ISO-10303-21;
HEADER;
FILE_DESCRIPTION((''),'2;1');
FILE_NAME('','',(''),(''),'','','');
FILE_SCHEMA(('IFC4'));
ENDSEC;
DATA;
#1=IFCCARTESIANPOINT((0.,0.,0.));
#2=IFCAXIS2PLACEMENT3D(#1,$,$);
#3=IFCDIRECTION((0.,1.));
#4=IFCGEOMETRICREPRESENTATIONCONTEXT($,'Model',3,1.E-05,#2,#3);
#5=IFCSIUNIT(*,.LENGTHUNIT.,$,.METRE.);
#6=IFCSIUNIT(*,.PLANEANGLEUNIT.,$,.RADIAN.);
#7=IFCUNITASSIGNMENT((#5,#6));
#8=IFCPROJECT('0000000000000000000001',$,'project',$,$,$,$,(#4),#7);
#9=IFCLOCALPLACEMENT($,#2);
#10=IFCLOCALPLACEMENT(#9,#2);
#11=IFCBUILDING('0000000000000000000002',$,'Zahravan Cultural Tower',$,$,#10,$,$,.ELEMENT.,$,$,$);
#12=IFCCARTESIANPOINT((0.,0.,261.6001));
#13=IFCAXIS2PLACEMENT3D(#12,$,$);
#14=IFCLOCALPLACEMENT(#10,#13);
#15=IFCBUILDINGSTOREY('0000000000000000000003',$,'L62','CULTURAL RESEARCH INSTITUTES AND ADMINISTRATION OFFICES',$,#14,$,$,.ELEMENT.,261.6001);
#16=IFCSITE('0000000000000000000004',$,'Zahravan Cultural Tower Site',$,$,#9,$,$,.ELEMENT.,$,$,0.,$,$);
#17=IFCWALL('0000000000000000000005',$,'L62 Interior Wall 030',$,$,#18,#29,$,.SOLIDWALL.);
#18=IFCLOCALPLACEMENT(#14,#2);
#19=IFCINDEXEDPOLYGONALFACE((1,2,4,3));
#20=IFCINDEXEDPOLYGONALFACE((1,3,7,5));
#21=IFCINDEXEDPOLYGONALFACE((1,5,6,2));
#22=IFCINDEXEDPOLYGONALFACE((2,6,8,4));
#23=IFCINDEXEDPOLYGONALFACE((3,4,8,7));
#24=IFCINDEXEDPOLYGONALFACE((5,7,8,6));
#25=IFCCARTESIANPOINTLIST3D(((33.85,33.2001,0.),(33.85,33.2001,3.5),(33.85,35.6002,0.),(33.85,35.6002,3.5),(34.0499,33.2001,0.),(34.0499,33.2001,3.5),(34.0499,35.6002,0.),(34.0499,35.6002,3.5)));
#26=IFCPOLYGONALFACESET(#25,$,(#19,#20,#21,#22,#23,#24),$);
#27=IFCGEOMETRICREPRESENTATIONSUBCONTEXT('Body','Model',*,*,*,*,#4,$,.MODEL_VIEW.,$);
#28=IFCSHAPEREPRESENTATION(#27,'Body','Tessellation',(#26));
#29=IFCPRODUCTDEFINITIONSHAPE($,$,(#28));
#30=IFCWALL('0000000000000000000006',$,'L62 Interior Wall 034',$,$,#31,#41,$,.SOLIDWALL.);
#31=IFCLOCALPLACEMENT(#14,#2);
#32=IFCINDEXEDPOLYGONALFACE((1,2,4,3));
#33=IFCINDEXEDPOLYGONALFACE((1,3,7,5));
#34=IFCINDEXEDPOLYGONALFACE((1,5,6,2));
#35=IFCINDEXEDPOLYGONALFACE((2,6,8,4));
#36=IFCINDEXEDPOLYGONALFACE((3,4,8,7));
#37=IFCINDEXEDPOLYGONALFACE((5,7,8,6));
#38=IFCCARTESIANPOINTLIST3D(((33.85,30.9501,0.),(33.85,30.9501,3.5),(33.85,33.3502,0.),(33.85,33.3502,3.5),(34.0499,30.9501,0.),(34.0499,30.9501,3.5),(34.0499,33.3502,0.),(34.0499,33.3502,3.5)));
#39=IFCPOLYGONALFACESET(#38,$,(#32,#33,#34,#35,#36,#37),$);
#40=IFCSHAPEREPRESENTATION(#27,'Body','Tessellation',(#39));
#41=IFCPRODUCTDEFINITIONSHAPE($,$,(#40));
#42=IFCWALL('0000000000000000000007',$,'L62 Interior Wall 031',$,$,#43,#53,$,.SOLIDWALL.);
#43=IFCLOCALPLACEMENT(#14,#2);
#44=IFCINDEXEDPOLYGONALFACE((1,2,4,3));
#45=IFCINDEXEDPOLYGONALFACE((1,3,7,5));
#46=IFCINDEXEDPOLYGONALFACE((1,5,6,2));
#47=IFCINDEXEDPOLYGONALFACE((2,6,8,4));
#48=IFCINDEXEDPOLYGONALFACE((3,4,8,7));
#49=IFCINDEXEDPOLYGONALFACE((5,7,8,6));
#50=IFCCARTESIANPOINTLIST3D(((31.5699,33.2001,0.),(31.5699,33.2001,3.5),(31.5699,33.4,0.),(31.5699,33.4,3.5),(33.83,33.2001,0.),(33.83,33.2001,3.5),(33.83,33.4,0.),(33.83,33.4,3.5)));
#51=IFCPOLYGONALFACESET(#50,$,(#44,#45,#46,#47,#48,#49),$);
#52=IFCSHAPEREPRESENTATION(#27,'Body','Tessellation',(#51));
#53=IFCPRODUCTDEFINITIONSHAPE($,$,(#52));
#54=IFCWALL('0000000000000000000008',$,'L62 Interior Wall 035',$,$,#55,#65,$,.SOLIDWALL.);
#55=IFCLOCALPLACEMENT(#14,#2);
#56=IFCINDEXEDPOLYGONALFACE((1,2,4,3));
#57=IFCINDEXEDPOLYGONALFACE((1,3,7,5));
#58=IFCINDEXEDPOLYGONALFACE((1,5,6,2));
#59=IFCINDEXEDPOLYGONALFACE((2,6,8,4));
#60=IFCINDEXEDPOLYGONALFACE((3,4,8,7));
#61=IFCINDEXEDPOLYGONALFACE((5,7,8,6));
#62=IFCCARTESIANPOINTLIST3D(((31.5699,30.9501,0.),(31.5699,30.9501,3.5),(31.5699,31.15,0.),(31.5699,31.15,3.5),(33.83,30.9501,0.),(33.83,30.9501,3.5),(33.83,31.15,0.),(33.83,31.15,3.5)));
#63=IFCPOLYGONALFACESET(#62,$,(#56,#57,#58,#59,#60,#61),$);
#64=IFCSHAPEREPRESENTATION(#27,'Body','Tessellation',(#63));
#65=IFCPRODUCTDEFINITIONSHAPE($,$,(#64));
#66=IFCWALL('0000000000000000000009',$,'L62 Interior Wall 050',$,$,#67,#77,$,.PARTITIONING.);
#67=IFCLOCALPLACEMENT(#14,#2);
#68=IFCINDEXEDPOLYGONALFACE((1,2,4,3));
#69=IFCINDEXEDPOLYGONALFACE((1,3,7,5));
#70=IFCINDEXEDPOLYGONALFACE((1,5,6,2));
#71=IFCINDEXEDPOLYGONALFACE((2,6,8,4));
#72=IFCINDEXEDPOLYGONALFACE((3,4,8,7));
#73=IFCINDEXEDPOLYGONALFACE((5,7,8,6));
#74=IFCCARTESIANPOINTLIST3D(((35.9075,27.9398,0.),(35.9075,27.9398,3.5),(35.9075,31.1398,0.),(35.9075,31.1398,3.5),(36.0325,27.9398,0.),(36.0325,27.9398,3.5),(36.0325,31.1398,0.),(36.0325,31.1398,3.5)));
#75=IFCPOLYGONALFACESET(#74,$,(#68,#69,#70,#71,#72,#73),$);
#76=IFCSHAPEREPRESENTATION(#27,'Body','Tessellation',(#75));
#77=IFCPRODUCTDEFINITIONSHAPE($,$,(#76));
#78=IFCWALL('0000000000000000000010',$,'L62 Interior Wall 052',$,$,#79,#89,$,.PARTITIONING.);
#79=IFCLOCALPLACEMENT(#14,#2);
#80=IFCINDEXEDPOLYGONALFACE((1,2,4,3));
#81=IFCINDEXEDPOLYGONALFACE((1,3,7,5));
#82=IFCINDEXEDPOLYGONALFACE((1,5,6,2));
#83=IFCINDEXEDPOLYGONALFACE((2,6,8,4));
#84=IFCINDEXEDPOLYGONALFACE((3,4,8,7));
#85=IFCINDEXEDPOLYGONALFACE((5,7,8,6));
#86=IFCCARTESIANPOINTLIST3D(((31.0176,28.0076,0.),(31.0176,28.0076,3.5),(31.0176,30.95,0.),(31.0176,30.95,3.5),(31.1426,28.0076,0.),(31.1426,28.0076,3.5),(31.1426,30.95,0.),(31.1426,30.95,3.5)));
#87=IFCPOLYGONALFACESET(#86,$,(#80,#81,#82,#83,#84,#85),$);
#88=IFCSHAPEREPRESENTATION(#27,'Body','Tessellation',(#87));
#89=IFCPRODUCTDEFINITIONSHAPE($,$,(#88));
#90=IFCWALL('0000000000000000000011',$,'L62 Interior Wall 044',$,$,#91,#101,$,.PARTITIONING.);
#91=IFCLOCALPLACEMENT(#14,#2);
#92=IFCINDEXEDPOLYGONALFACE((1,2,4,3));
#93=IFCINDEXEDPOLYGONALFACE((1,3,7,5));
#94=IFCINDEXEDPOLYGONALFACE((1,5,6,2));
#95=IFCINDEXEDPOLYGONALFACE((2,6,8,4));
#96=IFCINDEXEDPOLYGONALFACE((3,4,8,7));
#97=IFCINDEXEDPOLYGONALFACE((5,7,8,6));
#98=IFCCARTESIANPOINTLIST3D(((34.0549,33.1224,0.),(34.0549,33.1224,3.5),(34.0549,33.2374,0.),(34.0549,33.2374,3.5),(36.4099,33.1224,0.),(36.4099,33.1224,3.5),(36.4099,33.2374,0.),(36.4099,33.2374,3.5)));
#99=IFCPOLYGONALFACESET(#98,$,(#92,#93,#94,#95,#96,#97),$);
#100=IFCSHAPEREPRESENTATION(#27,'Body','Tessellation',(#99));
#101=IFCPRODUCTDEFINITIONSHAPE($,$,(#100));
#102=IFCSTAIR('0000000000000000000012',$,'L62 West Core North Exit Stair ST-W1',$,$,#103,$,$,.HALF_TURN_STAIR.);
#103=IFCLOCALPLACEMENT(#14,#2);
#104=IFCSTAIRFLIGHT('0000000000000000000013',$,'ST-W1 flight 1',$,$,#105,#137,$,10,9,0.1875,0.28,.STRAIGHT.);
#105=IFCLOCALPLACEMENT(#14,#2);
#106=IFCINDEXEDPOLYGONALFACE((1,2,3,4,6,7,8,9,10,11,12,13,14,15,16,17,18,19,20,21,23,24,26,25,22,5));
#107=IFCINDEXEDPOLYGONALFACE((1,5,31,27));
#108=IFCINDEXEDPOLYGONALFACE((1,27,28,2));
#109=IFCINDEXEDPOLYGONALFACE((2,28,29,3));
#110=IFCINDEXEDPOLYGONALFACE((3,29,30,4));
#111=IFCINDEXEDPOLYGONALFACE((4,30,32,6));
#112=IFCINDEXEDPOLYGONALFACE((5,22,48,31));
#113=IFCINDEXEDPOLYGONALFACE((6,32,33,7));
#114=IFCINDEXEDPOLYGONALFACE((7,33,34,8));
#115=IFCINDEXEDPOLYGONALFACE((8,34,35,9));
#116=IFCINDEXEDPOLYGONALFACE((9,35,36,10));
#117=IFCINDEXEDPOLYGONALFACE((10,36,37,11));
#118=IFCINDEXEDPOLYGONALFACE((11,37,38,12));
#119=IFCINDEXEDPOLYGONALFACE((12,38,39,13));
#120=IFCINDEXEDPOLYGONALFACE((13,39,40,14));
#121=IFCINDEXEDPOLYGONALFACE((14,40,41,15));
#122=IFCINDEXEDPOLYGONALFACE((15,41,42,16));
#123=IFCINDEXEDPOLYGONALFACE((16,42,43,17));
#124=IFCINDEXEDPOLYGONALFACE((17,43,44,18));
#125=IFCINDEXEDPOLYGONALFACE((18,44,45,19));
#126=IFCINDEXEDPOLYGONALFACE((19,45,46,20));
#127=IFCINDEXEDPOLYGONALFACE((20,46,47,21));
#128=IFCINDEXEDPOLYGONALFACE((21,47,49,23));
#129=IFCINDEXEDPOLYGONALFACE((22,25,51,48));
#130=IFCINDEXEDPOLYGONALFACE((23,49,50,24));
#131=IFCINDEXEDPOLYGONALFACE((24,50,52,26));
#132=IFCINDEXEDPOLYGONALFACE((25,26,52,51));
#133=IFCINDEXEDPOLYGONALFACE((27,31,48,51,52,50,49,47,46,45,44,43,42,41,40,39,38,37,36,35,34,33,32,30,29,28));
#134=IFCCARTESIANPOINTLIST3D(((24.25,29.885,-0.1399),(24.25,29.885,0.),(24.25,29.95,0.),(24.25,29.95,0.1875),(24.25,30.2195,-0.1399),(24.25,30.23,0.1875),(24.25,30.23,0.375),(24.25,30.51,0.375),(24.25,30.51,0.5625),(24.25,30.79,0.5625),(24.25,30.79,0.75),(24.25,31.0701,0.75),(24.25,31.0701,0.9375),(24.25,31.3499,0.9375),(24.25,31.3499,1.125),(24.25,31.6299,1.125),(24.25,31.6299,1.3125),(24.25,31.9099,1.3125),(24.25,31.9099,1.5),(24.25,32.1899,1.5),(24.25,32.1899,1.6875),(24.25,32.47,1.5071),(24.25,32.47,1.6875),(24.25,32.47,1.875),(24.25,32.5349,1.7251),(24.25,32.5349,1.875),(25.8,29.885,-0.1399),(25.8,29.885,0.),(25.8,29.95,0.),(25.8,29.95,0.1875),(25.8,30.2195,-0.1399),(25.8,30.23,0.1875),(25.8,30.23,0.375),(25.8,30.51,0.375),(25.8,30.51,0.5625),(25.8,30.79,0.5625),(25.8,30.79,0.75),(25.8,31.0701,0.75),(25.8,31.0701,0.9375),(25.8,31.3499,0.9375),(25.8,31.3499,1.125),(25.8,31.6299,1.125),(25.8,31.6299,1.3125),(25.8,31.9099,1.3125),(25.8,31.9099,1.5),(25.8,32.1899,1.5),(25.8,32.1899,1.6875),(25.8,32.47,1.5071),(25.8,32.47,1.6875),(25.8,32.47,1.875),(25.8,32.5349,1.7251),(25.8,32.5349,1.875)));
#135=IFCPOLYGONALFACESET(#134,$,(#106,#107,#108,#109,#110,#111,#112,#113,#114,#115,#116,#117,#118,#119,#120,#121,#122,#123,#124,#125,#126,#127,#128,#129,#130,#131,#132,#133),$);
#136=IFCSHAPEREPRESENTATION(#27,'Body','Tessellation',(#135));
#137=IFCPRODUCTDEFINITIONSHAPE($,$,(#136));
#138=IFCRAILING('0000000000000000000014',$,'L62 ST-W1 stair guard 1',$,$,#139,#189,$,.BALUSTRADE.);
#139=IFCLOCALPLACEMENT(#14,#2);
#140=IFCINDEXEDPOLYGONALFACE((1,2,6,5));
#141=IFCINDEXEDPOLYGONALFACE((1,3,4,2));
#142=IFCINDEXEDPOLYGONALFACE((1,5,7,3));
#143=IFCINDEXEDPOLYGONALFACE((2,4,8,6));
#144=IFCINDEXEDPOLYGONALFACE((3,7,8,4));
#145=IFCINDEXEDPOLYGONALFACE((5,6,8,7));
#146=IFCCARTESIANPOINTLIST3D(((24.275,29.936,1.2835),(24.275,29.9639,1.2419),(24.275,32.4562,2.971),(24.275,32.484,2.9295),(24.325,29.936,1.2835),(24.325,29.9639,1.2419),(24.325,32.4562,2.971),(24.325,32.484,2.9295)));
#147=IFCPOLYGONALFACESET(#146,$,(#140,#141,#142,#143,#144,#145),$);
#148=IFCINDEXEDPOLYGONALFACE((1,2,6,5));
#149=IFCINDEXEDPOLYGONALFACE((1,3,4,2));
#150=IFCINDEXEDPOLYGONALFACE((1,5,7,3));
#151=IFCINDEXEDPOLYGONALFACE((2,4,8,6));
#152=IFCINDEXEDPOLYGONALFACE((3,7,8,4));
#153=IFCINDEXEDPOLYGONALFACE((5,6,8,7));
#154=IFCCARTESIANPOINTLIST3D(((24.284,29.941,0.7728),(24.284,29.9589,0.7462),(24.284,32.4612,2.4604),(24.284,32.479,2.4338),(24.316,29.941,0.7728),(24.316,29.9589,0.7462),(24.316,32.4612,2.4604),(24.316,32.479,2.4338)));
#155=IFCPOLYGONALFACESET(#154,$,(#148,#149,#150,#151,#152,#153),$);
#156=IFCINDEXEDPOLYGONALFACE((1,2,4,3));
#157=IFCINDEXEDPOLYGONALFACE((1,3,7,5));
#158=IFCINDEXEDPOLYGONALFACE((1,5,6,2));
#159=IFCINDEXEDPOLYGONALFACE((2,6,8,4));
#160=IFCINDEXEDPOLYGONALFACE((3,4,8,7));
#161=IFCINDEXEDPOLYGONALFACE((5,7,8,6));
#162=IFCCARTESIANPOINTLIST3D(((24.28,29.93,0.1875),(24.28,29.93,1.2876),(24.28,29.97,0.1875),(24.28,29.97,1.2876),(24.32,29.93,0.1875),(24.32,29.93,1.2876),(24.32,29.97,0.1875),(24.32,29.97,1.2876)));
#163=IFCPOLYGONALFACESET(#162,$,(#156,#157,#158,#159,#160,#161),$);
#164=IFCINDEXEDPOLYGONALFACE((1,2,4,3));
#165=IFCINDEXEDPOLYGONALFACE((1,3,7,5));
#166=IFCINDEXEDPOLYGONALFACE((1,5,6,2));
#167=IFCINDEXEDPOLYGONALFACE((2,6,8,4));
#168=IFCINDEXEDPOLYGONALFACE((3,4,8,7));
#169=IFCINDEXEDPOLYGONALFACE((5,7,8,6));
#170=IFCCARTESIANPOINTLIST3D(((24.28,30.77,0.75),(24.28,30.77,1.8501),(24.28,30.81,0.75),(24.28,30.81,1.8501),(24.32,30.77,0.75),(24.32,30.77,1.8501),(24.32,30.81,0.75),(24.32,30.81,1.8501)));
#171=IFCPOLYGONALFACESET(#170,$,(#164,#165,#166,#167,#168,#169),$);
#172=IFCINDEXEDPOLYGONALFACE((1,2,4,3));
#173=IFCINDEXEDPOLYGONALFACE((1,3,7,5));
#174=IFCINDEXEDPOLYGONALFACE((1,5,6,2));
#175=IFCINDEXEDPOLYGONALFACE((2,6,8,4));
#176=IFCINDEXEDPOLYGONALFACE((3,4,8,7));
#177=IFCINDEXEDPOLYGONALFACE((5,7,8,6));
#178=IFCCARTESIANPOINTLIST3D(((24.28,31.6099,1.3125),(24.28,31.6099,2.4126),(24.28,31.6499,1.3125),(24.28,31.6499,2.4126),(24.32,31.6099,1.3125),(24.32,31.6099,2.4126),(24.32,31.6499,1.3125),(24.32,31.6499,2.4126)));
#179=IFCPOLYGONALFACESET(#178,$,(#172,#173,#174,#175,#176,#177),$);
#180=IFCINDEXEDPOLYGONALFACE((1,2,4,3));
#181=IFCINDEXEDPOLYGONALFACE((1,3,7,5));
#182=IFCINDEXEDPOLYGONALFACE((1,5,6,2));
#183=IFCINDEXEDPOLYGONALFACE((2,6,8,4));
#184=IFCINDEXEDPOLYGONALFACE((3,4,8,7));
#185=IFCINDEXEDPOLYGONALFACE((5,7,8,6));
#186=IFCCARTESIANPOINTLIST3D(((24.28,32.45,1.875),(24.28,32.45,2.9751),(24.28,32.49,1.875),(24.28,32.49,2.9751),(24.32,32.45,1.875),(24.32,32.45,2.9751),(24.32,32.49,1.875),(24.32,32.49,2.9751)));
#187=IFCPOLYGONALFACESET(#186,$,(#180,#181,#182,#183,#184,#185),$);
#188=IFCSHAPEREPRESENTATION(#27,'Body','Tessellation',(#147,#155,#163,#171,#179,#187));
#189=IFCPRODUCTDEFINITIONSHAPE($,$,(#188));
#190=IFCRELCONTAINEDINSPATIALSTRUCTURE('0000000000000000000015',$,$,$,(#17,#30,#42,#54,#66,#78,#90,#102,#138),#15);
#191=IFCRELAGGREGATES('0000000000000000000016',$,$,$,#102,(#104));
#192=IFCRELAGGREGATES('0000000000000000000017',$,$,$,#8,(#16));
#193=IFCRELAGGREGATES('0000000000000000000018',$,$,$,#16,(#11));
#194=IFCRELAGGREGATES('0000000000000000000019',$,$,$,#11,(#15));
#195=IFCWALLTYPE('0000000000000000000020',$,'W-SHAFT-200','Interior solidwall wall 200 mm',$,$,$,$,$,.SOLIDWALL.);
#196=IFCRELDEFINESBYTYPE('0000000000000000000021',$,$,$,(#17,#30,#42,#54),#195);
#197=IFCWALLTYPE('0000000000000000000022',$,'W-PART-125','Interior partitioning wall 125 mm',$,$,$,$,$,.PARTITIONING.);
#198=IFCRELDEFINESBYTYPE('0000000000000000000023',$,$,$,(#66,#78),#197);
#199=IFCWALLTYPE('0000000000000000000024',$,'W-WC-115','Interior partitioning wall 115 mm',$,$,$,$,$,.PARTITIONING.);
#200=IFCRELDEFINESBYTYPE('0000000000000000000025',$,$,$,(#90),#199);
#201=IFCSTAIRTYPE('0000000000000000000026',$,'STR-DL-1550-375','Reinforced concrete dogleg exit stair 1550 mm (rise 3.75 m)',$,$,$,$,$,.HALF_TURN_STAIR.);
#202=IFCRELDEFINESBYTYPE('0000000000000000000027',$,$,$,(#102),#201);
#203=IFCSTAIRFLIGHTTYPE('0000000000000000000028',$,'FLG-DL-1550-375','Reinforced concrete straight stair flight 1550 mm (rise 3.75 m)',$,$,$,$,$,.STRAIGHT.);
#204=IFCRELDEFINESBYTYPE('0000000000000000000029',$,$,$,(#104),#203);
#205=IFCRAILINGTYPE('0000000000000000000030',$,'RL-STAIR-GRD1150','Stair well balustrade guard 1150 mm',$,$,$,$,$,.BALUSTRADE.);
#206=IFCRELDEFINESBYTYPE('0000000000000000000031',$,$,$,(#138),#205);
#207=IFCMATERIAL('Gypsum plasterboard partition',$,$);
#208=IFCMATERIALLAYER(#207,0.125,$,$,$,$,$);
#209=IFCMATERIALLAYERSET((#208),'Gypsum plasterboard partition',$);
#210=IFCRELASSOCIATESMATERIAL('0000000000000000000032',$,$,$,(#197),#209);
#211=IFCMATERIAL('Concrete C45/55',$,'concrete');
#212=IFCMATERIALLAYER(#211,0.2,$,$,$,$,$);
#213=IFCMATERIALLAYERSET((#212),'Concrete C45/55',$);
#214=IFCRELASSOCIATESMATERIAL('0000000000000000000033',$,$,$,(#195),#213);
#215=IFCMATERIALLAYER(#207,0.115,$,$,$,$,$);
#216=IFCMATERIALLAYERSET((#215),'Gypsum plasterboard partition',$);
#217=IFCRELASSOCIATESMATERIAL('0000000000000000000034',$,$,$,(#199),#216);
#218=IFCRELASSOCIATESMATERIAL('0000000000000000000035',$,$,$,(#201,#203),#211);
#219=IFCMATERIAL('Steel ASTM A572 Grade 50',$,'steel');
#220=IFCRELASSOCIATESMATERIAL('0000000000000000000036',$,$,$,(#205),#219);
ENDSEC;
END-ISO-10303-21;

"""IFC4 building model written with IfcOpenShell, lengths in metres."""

from ifc_helpers import new_model, si_unit, direction, frame, frame_2d, origin, origin_2d, place, context, subcontext, project, spatial, polyline, rectangle, outline, extrude, source, transform, mapped, material, layer, layer_set, type_object, element, aggregate, save


model = new_model("IFC4")

# Units and contexts
model_context = context("Model", 3, precision=1e-05, world=origin(), true_north=direction((0.0, 1.0)))
body_context = subcontext(model_context, "Body", "Model", "MODEL_VIEW")
ifc_project = project(units=[si_unit("LENGTHUNIT", "METRE"), si_unit("PLANEANGLEUNIT", "RADIAN")], contexts=[model_context])

# Site, building, storey
site_placement = place(None, origin())
site = spatial("IfcSite", under=ifc_project, at=site_placement, Name="Zahravan Cultural Tower Site", CompositionType="ELEMENT", RefElevation=0.0)
building_placement = place(site_placement, origin())
building = spatial("IfcBuilding", under=site, at=building_placement, Name="Zahravan Cultural Tower", CompositionType="ELEMENT")
storey_placement = place(building_placement, frame((0.0, 0.0, 261.6001)))
storey = spatial("IfcBuildingStorey", under=building, at=storey_placement, Name="L62", Description="CULTURAL RESEARCH INSTITUTES AND ADMINISTRATION OFFICES", CompositionType="ELEMENT", Elevation=261.6001)

# Shared definitions
ifc_material_1 = material(Name="Steel ASTM A572 Grade 50", Category="steel")
ifc_material_2 = material(Name="Gypsum plasterboard partition")
ifc_layer_1 = layer(ifc_material_2, 0.125)
ifc_layer_set_1 = layer_set([ifc_layer_1], Name="Gypsum plasterboard partition")
wall_type_1 = type_object("IfcWallType", Name="W-PART-125", Description="Interior partitioning wall 125 mm", PredefinedType="PARTITIONING", material=ifc_layer_set_1)
ifc_material_3 = material(Name="Concrete C45/55", Category="concrete")
ifc_layer_2 = layer(ifc_material_3, 0.2)
ifc_layer_set_2 = layer_set([ifc_layer_2], Name="Concrete C45/55")
wall_type_2 = type_object("IfcWallType", Name="W-SHAFT-200", Description="Interior solidwall wall 200 mm", PredefinedType="SOLIDWALL", material=ifc_layer_set_2)

# Walls
shared_shape_1 = source(origin(), body_context, "Body", "SweptSolid", [
    extrude(rectangle(XDim=2.4001, YDim=0.2, at=frame_2d((1.2002, 0.0))), origin(), (0.0, 0.0, 1.0), 3.5),
])
for number, where, z_axis, x_axis, name in (
    (1, (33.95, 33.2, 0.0), (0.0, 0.0, 1.0), (0.0, 1.0, 0.0), "L62 Interior Wall 030"),
    (2, (33.95, 30.95, 0.0), (0.0, 0.0, 1.0), (0.0, 1.0, 0.0), "L62 Interior Wall 034"),
):
    element("IfcWall", number, at=place(storey_placement, frame(where, z_axis=z_axis, x_axis=x_axis)), inside=storey, type_object=wall_type_2, Name=name, PredefinedType="SOLIDWALL", context=body_context, shape_type="MappedRepresentation", body=[
        mapped(shared_shape_1, transform((0.0, 0.0, 0.0), x_axis=(1.0, 0.0, 0.0), y_axis=(0.0, 1.0, 0.0), z_axis=(0.0, 0.0, 1.0), scale=1.0)),
    ])
shared_shape_2 = source(origin(), body_context, "Body", "SweptSolid", [
    extrude(rectangle(XDim=2.26, YDim=0.2, at=frame_2d((1.1299, 0.0))), origin(), (0.0, 0.0, 1.0), 3.5),
])
for number, where, z_axis, x_axis, name in (
    (3, (31.5701, 33.3, 0.0), (0.0, 0.0, 1.0), (1.0, 0.0, 0.0), "L62 Interior Wall 031"),
    (4, (31.5701, 31.05, 0.0), (0.0, 0.0, 1.0), (1.0, 0.0, 0.0), "L62 Interior Wall 035"),
):
    element("IfcWall", number, at=place(storey_placement, frame(where, z_axis=z_axis, x_axis=x_axis)), inside=storey, type_object=wall_type_2, Name=name, PredefinedType="SOLIDWALL", context=body_context, shape_type="MappedRepresentation", body=[
        mapped(shared_shape_2, transform((0.0, 0.0, 0.0), x_axis=(1.0, 0.0, 0.0), y_axis=(0.0, 1.0, 0.0), z_axis=(0.0, 0.0, 1.0), scale=1.0)),
    ])
shared_shape_3 = source(origin(), body_context, "Body", "SweptSolid", [
    extrude(rectangle(XDim=3.2, YDim=0.125, at=frame_2d((1.6001, 0.0))), origin(), (0.0, 0.0, 1.0), 3.5),
])
wall_1_placement = place(storey_placement, frame((35.97, 31.1399, 0.0), z_axis=(0.0, 0.0, 1.0), x_axis=(0.0, -1.0, 0.0)))
element("IfcWall", 5, at=wall_1_placement, inside=storey, type_object=wall_type_1, Name="L62 Interior Wall 050", PredefinedType="PARTITIONING", context=body_context, shape_type="MappedRepresentation", body=[
    mapped(shared_shape_3, transform((0.0, 0.0, 0.0), x_axis=(1.0, 0.0, 0.0), y_axis=(0.0, 1.0, 0.0), z_axis=(0.0, 0.0, 1.0), scale=1.0)),
])
shared_shape_4 = source(origin(), body_context, "Body", "SweptSolid", [
    extrude(rectangle(XDim=2.9424, YDim=0.125, at=frame_2d((1.4712, 0.0))), origin(), (0.0, 0.0, 1.0), 3.5),
])
wall_2_placement = place(storey_placement, frame((31.0801, 28.0076, 0.0), z_axis=(0.0, 0.0, 1.0), x_axis=(0.0, 1.0, 0.0)))
element("IfcWall", 6, at=wall_2_placement, inside=storey, type_object=wall_type_1, Name="L62 Interior Wall 052", PredefinedType="PARTITIONING", context=body_context, shape_type="MappedRepresentation", body=[
    mapped(shared_shape_4, transform((0.0, 0.0, 0.0), x_axis=(1.0, 0.0, 0.0), y_axis=(0.0, 1.0, 0.0), z_axis=(0.0, 0.0, 1.0), scale=1.0)),
])
ifc_layer_3 = layer(ifc_material_2, 0.115)
ifc_layer_set_3 = layer_set([ifc_layer_3], Name="Gypsum plasterboard partition")
wall_type_3 = type_object("IfcWallType", Name="W-WC-115", Description="Interior partitioning wall 115 mm", PredefinedType="PARTITIONING", material=ifc_layer_set_3)
shared_shape_5 = source(origin(), body_context, "Body", "SweptSolid", [
    extrude(rectangle(XDim=2.355, YDim=0.115, at=frame_2d((1.1775, 0.0))), origin(), (0.0, 0.0, 1.0), 3.5),
])
wall_3_placement = place(storey_placement, frame((34.0549, 33.1799, 0.0), z_axis=(0.0, 0.0, 1.0), x_axis=(1.0, 0.0, 0.0)))
element("IfcWall", 7, at=wall_3_placement, inside=storey, type_object=wall_type_3, Name="L62 Interior Wall 044", PredefinedType="PARTITIONING", context=body_context, shape_type="MappedRepresentation", body=[
    mapped(shared_shape_5, transform((0.0, 0.0, 0.0), x_axis=(1.0, 0.0, 0.0), y_axis=(0.0, 1.0, 0.0), z_axis=(0.0, 0.0, 1.0), scale=1.0)),
])

# Stair, stair flight
stair_type = type_object("IfcStairType", Name="STR-DL-1550-375", Description="Reinforced concrete dogleg exit stair 1550 mm (rise 3.75 m)", PredefinedType="HALF_TURN_STAIR", material=ifc_material_3)
stair_placement = place(storey_placement, origin())
stair = element("IfcStair", 8, at=stair_placement, inside=storey, type_object=stair_type, Name="L62 West Core North Exit Stair ST-W1", PredefinedType="HALF_TURN_STAIR")
stair_flight_type = type_object("IfcStairFlightType", Name="FLG-DL-1550-375", Description="Reinforced concrete straight stair flight 1550 mm (rise 3.75 m)", PredefinedType="STRAIGHT", material=ifc_material_3)
stair_flight_placement = place(storey_placement, frame((25.0249, 29.95, 0.0), z_axis=(0.0, 0.0, 1.0), x_axis=(0.0, 1.0, 0.0)))
stair_flight = element("IfcStairFlight", 9, at=stair_flight_placement, type_object=stair_flight_type, Name="ST-W1 flight 1", NumberOfRisers=10, NumberOfTreads=9, PredefinedType="STRAIGHT", RiserHeight=0.1875, TreadLength=0.28, context=body_context, shape_type="SweptSolid", body=[
    extrude(outline(polyline([(-0.0649, -0.1399), (-0.0649, 0.0), (0.0, 0.0), (0.0, 0.1875), (0.28, 0.1875), (0.28, 0.375), (0.5601, 0.375), (0.5601, 0.5625), (0.8401, 0.5625), (0.8401, 0.75), (1.1201, 0.75), (1.1201, 0.9375), (1.3999, 0.9375), (1.3999, 1.125), (1.6799, 1.125), (1.6799, 1.3125), (1.96, 1.3125), (1.96, 1.5), (2.24, 1.5), (2.24, 1.6875), (2.52, 1.6875), (2.52, 1.875), (2.585, 1.875), (2.585, 1.7251), (2.52, 1.5071), (0.2695, -0.1399), (-0.0649, -0.1399)])), frame((0.0, 0.7749, 0.0), z_axis=(0.0, -1.0, 0.0), x_axis=(1.0, 0.0, 0.0)), (0.0, 0.0, 1.0), 1.55),
])
aggregate(stair, [stair_flight])

# Railing
railing_type_1 = type_object("IfcRailingType", Name="RL-STAIR-GRD1150", Description="Stair well balustrade guard 1150 mm", PredefinedType="BALUSTRADE", material=ifc_material_1)
railing_1_placement = place(storey_placement, frame((24.3, 29.95, 0.1875)))
element("IfcRailing", 10, at=railing_1_placement, inside=storey, type_object=railing_type_1, Name="L62 ST-W1 stair guard 1", PredefinedType="BALUSTRADE", context=body_context, shape_type="SweptSolid", body=[
    extrude(rectangle(XDim=0.05, YDim=0.05, at=origin_2d()), frame((0.0, 0.0, 1.0752), z_axis=(0.0, 0.830909, 0.556408), x_axis=(-1.0, 0.0, 0.0)), (0.0, 0.0, 1.0), 3.033),
    extrude(rectangle(XDim=0.032, YDim=0.032, at=origin_2d()), frame((0.0, 0.0, 0.572), z_axis=(0.0, 0.830909, 0.556408), x_axis=(-1.0, 0.0, 0.0)), (0.0, 0.0, 1.0), 3.033),
    extrude(rectangle(XDim=0.04, YDim=0.04, at=origin_2d()), origin(), (0.0, 0.0, 1.0), 1.1001),
    extrude(rectangle(XDim=0.04, YDim=0.04, at=origin_2d()), frame((0.0, 0.8401, 0.5625)), (0.0, 0.0, 1.0), 1.1001),
    extrude(rectangle(XDim=0.04, YDim=0.04, at=origin_2d()), frame((0.0, 1.6799, 1.125)), (0.0, 0.0, 1.0), 1.1001),
    extrude(rectangle(XDim=0.04, YDim=0.04, at=origin_2d()), frame((0.0, 2.52, 1.6875)), (0.0, 0.0, 1.0), 1.1001),
])

save(model, "model.ifc")
